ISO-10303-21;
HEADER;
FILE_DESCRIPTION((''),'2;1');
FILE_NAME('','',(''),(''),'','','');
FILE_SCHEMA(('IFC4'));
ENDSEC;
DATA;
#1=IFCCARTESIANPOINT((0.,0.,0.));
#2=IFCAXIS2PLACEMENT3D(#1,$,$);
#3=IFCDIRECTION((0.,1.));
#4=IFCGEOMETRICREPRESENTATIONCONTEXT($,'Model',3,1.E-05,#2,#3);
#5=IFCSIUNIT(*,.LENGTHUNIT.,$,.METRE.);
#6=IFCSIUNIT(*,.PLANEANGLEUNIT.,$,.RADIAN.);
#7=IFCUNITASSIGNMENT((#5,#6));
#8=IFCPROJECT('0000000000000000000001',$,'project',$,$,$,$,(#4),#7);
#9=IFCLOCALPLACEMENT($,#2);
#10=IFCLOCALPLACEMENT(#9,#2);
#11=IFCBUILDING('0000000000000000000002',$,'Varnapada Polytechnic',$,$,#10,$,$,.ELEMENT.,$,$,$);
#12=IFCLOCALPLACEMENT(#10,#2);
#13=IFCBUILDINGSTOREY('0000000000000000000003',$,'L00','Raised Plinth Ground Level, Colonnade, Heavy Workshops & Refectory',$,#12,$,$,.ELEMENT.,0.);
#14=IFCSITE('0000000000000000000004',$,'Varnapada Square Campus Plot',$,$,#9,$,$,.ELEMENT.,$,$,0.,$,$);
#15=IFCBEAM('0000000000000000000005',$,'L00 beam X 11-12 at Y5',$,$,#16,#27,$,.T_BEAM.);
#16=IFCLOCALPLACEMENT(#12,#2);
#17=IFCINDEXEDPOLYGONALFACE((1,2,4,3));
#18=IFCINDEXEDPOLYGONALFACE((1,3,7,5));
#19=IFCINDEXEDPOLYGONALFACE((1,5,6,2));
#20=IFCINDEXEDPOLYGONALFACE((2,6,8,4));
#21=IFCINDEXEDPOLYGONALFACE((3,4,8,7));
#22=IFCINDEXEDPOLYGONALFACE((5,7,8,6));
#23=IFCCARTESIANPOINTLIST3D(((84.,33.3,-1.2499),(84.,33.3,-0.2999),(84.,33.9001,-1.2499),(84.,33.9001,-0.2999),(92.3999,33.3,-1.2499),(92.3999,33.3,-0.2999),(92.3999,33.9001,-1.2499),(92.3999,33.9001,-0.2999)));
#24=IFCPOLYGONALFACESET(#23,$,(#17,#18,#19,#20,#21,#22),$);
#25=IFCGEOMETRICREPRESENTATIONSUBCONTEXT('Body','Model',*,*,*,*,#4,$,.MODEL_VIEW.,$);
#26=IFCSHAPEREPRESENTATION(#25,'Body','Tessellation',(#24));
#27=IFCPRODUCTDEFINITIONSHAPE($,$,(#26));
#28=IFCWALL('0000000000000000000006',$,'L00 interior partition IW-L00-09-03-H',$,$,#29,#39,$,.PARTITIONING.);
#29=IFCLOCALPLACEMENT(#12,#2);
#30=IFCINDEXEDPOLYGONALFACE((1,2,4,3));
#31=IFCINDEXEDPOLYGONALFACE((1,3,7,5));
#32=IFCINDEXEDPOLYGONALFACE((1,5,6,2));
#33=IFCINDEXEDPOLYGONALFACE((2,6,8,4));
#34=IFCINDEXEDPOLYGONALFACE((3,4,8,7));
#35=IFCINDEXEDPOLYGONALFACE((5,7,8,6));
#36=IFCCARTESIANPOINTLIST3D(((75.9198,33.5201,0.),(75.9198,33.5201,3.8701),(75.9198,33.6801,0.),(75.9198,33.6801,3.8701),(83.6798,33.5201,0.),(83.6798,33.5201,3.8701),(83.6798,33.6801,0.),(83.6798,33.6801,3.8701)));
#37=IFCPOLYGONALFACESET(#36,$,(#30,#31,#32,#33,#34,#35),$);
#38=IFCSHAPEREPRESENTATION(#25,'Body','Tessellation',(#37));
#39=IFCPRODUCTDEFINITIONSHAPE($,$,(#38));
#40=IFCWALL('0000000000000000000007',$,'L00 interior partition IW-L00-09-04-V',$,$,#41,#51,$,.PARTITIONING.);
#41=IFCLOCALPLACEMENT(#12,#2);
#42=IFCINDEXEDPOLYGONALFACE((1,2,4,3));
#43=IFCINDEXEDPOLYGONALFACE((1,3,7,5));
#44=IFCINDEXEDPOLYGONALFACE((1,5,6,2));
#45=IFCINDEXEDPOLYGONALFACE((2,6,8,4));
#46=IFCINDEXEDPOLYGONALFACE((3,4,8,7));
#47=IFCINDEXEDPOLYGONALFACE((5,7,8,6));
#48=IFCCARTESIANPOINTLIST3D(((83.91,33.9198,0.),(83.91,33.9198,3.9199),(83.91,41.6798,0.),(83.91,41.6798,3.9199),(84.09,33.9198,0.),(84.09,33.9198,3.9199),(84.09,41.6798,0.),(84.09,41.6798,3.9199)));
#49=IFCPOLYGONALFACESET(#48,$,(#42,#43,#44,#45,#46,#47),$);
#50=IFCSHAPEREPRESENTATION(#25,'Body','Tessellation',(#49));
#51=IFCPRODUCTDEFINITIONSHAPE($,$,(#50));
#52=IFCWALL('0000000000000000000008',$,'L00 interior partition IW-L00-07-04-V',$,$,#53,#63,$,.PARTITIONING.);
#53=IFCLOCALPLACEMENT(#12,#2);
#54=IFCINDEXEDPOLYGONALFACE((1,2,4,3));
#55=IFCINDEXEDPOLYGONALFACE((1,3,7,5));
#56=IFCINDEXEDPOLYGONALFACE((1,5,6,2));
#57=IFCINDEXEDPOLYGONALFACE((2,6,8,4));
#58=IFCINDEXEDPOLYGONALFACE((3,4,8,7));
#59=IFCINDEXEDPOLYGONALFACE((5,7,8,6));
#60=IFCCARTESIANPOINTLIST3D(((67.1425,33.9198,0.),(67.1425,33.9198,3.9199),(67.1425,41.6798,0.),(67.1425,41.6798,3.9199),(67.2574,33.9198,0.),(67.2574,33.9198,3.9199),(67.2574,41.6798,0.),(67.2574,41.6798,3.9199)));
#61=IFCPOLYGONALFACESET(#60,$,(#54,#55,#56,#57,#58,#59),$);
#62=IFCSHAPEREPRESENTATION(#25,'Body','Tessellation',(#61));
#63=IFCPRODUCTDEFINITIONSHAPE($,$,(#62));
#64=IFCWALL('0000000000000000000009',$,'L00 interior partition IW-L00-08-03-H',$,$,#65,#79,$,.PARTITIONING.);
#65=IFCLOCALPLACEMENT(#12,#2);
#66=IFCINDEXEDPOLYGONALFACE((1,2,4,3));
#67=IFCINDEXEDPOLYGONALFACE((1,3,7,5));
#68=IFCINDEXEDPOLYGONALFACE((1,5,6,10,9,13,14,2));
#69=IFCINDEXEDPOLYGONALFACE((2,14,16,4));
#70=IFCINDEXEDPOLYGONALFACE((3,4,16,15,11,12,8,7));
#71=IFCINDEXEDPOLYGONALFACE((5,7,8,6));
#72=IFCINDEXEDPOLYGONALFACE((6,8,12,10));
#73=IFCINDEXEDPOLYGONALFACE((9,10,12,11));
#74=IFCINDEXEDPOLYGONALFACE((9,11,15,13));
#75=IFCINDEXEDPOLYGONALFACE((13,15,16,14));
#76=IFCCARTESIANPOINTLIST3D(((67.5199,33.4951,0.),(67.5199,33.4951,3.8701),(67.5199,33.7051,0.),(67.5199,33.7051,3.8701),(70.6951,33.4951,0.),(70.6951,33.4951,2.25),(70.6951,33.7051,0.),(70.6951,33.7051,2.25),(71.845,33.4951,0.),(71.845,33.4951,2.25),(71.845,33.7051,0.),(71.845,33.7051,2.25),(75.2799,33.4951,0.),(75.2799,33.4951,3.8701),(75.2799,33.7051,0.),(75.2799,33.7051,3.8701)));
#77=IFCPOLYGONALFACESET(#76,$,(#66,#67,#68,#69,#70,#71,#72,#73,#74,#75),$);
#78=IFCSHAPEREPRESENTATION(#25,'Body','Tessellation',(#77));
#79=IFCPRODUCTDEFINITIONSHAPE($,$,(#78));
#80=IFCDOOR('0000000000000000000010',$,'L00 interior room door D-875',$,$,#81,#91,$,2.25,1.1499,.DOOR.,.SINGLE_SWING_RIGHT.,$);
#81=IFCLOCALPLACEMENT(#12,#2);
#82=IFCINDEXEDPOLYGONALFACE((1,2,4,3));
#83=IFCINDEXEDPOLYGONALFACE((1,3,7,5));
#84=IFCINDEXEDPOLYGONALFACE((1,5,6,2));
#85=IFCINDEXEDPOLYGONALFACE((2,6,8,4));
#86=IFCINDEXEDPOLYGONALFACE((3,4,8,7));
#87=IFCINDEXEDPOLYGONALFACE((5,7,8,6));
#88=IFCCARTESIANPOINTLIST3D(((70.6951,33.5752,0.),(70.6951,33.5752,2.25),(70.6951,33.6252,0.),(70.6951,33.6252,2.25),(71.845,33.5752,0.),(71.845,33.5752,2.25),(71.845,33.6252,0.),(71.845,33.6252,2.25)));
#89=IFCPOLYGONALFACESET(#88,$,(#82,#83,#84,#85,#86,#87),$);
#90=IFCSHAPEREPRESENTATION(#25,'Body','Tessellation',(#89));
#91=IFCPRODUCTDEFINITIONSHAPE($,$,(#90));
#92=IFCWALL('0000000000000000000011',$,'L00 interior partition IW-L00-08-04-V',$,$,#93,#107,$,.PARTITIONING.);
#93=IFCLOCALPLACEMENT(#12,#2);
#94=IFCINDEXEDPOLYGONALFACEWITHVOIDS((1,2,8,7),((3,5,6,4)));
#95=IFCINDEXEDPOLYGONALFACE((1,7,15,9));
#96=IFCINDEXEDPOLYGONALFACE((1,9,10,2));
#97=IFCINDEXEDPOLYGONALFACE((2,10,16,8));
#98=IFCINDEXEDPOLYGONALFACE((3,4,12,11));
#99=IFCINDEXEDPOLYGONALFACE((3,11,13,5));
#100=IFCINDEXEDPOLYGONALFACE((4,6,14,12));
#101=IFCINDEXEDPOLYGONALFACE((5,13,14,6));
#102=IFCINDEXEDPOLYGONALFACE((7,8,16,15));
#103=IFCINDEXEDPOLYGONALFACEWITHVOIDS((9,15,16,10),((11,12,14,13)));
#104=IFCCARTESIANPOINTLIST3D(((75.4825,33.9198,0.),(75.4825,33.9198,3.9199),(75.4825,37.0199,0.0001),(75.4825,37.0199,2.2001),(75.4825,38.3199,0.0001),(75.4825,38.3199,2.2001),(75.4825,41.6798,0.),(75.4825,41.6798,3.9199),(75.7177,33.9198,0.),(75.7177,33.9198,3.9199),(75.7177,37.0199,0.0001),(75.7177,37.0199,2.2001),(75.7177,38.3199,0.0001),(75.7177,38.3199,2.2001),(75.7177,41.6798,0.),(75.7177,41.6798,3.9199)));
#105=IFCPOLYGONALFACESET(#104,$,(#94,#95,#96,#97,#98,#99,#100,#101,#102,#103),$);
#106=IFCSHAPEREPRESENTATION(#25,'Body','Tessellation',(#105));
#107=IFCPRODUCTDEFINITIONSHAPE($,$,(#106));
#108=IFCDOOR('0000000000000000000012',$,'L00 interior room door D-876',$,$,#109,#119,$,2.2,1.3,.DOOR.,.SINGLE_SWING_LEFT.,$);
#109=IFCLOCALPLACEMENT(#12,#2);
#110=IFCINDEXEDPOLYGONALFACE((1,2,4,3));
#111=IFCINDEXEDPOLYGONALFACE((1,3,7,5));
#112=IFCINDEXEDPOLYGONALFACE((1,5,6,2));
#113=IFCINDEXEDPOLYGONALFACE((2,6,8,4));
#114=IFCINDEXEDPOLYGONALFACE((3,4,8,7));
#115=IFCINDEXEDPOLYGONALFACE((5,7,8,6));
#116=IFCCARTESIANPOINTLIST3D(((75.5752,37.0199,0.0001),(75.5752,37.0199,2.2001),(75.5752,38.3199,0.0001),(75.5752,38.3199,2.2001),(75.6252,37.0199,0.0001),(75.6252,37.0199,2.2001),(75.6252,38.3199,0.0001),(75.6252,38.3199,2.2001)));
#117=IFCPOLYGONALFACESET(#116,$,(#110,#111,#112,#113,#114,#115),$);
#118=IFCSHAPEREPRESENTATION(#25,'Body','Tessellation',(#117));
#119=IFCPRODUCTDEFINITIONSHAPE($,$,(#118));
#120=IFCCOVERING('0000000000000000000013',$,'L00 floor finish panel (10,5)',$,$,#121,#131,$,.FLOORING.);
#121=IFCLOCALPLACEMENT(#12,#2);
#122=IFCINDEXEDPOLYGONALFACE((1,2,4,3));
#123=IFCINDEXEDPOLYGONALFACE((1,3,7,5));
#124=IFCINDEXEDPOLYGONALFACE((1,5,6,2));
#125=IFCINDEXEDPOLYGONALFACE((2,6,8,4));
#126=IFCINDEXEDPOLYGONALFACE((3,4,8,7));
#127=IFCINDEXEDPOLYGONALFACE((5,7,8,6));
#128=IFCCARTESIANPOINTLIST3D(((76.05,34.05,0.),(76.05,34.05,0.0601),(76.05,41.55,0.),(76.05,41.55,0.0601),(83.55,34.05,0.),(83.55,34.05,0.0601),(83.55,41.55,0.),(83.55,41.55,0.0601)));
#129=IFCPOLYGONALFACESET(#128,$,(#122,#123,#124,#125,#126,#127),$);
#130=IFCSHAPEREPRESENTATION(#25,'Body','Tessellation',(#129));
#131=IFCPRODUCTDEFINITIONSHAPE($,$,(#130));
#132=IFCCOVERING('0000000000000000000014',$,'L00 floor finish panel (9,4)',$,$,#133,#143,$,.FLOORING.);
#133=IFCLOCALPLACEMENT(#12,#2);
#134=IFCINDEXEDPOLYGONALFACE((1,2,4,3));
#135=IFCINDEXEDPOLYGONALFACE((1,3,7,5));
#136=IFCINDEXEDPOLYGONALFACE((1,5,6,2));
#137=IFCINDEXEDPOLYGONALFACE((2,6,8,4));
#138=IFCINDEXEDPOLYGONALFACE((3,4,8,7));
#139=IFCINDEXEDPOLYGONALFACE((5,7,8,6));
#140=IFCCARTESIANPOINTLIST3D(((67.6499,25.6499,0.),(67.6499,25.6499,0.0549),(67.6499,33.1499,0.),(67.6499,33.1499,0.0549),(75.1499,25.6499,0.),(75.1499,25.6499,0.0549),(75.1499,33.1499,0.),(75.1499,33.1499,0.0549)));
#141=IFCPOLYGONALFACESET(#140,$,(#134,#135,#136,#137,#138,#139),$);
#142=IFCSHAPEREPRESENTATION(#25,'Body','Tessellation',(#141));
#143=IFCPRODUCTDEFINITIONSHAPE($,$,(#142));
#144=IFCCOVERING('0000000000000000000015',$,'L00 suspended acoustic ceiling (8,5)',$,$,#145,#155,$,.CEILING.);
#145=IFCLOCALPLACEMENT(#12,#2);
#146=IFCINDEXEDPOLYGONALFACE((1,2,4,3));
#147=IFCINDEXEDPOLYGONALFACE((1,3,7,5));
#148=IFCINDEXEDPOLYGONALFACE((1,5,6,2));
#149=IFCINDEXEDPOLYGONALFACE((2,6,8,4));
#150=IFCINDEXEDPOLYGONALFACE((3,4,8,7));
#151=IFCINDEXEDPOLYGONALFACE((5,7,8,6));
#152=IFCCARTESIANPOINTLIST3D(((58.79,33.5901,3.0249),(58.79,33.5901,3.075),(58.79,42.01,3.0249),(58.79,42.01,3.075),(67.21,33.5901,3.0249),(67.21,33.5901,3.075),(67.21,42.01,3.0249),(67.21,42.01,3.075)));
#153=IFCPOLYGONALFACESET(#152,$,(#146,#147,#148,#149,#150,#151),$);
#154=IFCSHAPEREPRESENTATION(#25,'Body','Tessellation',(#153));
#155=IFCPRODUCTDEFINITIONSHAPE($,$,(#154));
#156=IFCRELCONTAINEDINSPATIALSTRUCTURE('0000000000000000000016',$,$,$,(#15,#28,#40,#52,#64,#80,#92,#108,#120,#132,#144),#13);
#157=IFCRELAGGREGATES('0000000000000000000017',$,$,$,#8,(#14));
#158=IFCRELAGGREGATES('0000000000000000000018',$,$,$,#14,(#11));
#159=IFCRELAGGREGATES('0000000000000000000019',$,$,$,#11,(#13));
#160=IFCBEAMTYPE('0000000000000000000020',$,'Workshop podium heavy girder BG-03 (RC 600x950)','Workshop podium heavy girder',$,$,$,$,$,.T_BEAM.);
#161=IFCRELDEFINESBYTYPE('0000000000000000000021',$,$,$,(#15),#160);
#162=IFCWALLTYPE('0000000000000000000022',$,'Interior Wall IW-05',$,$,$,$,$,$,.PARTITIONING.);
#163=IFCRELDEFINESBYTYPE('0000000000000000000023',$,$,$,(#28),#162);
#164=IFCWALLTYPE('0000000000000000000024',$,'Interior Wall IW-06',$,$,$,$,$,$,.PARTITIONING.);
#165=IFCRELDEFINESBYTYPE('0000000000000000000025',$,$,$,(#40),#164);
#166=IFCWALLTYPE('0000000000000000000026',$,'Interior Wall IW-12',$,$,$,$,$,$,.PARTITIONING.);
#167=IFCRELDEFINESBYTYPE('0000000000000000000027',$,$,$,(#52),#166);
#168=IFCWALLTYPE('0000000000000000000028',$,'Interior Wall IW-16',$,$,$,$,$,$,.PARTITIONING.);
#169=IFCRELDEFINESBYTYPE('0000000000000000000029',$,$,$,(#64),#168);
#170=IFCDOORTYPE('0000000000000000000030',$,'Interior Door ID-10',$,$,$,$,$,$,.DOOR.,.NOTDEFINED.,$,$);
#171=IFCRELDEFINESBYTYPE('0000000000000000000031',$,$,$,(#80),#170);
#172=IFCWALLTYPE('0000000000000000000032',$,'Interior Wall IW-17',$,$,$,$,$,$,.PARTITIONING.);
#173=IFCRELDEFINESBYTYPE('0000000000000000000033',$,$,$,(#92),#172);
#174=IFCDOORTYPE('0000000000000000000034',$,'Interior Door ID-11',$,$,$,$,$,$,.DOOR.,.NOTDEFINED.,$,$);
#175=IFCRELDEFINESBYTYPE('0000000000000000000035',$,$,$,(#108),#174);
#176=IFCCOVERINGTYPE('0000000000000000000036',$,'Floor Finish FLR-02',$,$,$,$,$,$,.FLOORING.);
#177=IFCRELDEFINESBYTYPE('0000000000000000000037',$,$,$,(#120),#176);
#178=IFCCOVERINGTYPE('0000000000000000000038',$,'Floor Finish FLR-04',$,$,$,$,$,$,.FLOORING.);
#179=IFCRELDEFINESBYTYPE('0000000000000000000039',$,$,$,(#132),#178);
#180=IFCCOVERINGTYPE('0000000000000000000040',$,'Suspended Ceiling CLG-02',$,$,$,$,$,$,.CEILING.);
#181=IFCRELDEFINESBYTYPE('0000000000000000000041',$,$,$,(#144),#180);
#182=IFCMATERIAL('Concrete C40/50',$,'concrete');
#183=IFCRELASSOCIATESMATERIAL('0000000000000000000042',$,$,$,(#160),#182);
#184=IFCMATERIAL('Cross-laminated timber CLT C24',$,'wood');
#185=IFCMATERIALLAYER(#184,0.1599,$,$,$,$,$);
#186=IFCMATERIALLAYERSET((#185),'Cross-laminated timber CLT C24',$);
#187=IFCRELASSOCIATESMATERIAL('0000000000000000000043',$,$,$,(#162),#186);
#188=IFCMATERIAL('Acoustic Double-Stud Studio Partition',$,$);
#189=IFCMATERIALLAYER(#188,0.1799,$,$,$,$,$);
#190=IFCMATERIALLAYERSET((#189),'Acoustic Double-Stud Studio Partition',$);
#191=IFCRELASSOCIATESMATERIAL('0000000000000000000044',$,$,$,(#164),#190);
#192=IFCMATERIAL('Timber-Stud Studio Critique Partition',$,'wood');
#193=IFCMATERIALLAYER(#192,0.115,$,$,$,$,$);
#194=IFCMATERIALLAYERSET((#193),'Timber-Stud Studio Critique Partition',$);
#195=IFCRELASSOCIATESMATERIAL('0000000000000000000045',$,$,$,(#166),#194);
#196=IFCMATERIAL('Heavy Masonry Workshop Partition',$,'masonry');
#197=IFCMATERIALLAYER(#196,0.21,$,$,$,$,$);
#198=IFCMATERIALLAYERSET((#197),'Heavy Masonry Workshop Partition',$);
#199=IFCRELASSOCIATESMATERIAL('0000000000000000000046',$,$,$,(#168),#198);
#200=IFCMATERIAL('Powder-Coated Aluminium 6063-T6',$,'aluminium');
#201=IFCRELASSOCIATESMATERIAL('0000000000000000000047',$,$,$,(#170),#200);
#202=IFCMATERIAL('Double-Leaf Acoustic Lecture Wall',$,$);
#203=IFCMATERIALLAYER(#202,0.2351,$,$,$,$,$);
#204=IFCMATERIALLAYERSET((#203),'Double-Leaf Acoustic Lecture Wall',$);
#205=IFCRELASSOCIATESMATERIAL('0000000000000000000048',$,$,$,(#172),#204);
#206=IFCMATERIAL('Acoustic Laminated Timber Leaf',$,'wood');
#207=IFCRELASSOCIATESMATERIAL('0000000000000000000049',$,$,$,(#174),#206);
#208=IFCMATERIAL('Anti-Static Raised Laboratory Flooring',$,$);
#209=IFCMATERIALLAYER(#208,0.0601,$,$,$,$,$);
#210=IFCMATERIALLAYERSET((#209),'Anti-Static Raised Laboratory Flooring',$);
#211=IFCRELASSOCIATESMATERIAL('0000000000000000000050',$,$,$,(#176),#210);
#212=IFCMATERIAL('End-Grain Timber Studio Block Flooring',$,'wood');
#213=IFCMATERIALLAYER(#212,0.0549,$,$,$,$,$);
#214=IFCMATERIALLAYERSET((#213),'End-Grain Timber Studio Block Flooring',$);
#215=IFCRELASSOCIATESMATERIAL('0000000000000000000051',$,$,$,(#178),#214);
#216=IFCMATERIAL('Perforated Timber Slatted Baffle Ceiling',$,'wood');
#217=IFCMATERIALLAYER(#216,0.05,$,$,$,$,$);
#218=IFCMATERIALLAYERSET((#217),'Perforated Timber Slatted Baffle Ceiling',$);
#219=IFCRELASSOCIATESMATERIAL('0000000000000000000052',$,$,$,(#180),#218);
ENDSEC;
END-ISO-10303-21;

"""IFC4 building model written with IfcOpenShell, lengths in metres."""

from ifc_helpers import new_model, si_unit, direction, frame, frame_2d, origin, origin_2d, place, context, subcontext, project, spatial, rectangle, extrude, material, layer, layer_set, material_profile, profile_set, type_object, element, fill, save


model = new_model("IFC4")

# Units and contexts
model_context = context("Model", 3, precision=1e-05, world=origin(), true_north=direction((0.0, 1.0)))
body_context = subcontext(model_context, "Body", "Model", "MODEL_VIEW")
ifc_project = project(units=[si_unit("LENGTHUNIT", "METRE"), si_unit("PLANEANGLEUNIT", "RADIAN")], contexts=[model_context])

# Site, building, storey
site_placement = place(None, origin())
site = spatial("IfcSite", under=ifc_project, at=site_placement, Name="Varnapada Square Campus Plot", CompositionType="ELEMENT", RefElevation=0.0)
building_placement = place(site_placement, origin())
building = spatial("IfcBuilding", under=site, at=building_placement, Name="Varnapada Polytechnic", CompositionType="ELEMENT")
storey_placement = place(building_placement, origin())
storey = spatial("IfcBuildingStorey", under=building, at=storey_placement, Name="L00", Description="Raised Plinth Ground Level, Colonnade, Heavy Workshops & Refectory", CompositionType="ELEMENT", Elevation=0.0)

# Shared definitions
ifc_material_1 = material(Name="Concrete C40/50", Category="concrete")

# Beam
ifc_material_profile_1 = material_profile(ifc_material_1, rectangle(XDim=0.6001, YDim=0.95, at=origin_2d()), Name="RC 600x950")
ifc_profile_set_1 = profile_set([ifc_material_profile_1], Name="Concrete C40/50")
beam_type_1 = type_object("IfcBeamType", Name="Workshop podium heavy girder BG-03 (RC 600x950)", Description="Workshop podium heavy girder", PredefinedType="T_BEAM", material=ifc_profile_set_1)
for number, where, z_axis, x_axis, name in (
    (1, (84.0, 33.6001, -0.7749), (1.0, 0.0, 0.0), (0.0, 1.0, 0.0), "L00 beam X 11-12 at Y5"),
):
    element("IfcBeam", number, at=place(storey_placement, frame(where, z_axis=z_axis, x_axis=x_axis)), inside=storey, type_object=beam_type_1, Name=name, PredefinedType="T_BEAM", context=body_context, shape_type="SweptSolid", body=[
        extrude(rectangle(XDim=0.6001, YDim=0.95, at=origin_2d()), origin(), (0.0, 0.0, 1.0), 8.3999),
    ])

# Walls
ifc_material_2 = material(Name="Cross-laminated timber CLT C24", Category="wood")
ifc_layer_1 = layer(ifc_material_2, 0.1599)
ifc_layer_set_1 = layer_set([ifc_layer_1], Name="Cross-laminated timber CLT C24")
wall_type_1 = type_object("IfcWallType", Name="Interior Wall IW-05", PredefinedType="PARTITIONING", material=ifc_layer_set_1)
wall_1_placement = place(storey_placement, frame((75.9199, 33.6001, 0.0), z_axis=(0.0, 0.0, 1.0), x_axis=(1.0, 0.0, 0.0)))
element("IfcWall", 2, at=wall_1_placement, inside=storey, type_object=wall_type_1, Name="L00 interior partition IW-L00-09-03-H", PredefinedType="PARTITIONING", context=body_context, shape_type="SweptSolid", body=[
    extrude(rectangle(XDim=7.76, YDim=0.1599, at=frame_2d((3.8799, 0.0))), origin(), (0.0, 0.0, 1.0), 3.8701),
])
ifc_material_3 = material(Name="Acoustic Double-Stud Studio Partition")
ifc_layer_2 = layer(ifc_material_3, 0.1799)
ifc_layer_set_2 = layer_set([ifc_layer_2], Name="Acoustic Double-Stud Studio Partition")
wall_type_2 = type_object("IfcWallType", Name="Interior Wall IW-06", PredefinedType="PARTITIONING", material=ifc_layer_set_2)
wall_2_placement = place(storey_placement, frame((84.0, 33.9199, 0.0), z_axis=(0.0, 0.0, 1.0), x_axis=(0.0, 1.0, 0.0)))
element("IfcWall", 3, at=wall_2_placement, inside=storey, type_object=wall_type_2, Name="L00 interior partition IW-L00-09-04-V", PredefinedType="PARTITIONING", context=body_context, shape_type="SweptSolid", body=[
    extrude(rectangle(XDim=7.76, YDim=0.1799, at=frame_2d((3.8799, 0.0))), origin(), (0.0, 0.0, 1.0), 3.9199),
])
ifc_material_4 = material(Name="Timber-Stud Studio Critique Partition", Category="wood")
ifc_layer_3 = layer(ifc_material_4, 0.115)
ifc_layer_set_3 = layer_set([ifc_layer_3], Name="Timber-Stud Studio Critique Partition")
wall_type_3 = type_object("IfcWallType", Name="Interior Wall IW-12", PredefinedType="PARTITIONING", material=ifc_layer_set_3)
wall_3_placement = place(storey_placement, frame((67.2, 33.9199, 0.0), z_axis=(0.0, 0.0, 1.0), x_axis=(0.0, 1.0, 0.0)))
element("IfcWall", 4, at=wall_3_placement, inside=storey, type_object=wall_type_3, Name="L00 interior partition IW-L00-07-04-V", PredefinedType="PARTITIONING", context=body_context, shape_type="SweptSolid", body=[
    extrude(rectangle(XDim=7.76, YDim=0.115, at=frame_2d((3.8799, 0.0))), origin(), (0.0, 0.0, 1.0), 3.9199),
])

# Walls, openings, doors
ifc_material_5 = material(Name="Heavy Masonry Workshop Partition", Category="masonry")
ifc_layer_4 = layer(ifc_material_5, 0.21)
ifc_layer_set_4 = layer_set([ifc_layer_4], Name="Heavy Masonry Workshop Partition")
wall_type_4 = type_object("IfcWallType", Name="Interior Wall IW-16", PredefinedType="PARTITIONING", material=ifc_layer_set_4)
wall_4_placement = place(storey_placement, frame((67.52, 33.6001, 0.0), z_axis=(0.0, 0.0, 1.0), x_axis=(1.0, 0.0, 0.0)))
wall_4 = element("IfcWall", 5, at=wall_4_placement, inside=storey, type_object=wall_type_4, Name="L00 interior partition IW-L00-08-03-H", PredefinedType="PARTITIONING", context=body_context, shape_type="SweptSolid", body=[
    extrude(rectangle(XDim=7.76, YDim=0.21, at=frame_2d((3.8799, 0.0))), origin(), (0.0, 0.0, 1.0), 3.8701),
])
opening_1_placement = place(wall_4_placement, frame((3.175, 0.0, 0.0)))
opening_1 = element("IfcOpeningElement", 6, at=opening_1_placement, cuts=wall_4, PredefinedType="OPENING", context=body_context, shape_type="SweptSolid", body=[
    extrude(rectangle(XDim=1.1499, YDim=2.25, at=frame_2d((0.575, 1.125))), frame((0.0, 0.115, 0.0), z_axis=(0.0, -1.0, 0.0), x_axis=(1.0, 0.0, 0.0)), (0.0, 0.0, 1.0), 0.23),
])
ifc_material_6 = material(Name="Powder-Coated Aluminium 6063-T6", Category="aluminium")
door_type_1 = type_object("IfcDoorType", Name="Interior Door ID-10", OperationType="NOTDEFINED", PredefinedType="DOOR", material=ifc_material_6)
door_1_placement = place(opening_1_placement, frame((1.1499, 0.0, 0.0), z_axis=(0.0, 0.0, 1.0), x_axis=(-1.0, 0.0, 0.0)))
door_1 = element("IfcDoor", 7, at=door_1_placement, inside=storey, type_object=door_type_1, Name="L00 interior room door D-875", OperationType="SINGLE_SWING_RIGHT", OverallHeight=2.25, OverallWidth=1.1499, PredefinedType="DOOR", context=body_context, shape_type="SweptSolid", body=[
    extrude(rectangle(XDim=1.1499, YDim=2.25, at=frame_2d((0.575, 1.125))), frame((0.0, 0.0249, 0.0), z_axis=(0.0, -1.0, 0.0), x_axis=(1.0, 0.0, 0.0)), (0.0, 0.0, 1.0), 0.05),
])
fill(opening_1, door_1)
ifc_material_7 = material(Name="Double-Leaf Acoustic Lecture Wall")
ifc_layer_5 = layer(ifc_material_7, 0.2351)
ifc_layer_set_5 = layer_set([ifc_layer_5], Name="Double-Leaf Acoustic Lecture Wall")
wall_type_5 = type_object("IfcWallType", Name="Interior Wall IW-17", PredefinedType="PARTITIONING", material=ifc_layer_set_5)
wall_5_placement = place(storey_placement, frame((75.6001, 33.9199, 0.0), z_axis=(0.0, 0.0, 1.0), x_axis=(0.0, 1.0, 0.0)))
wall_5 = element("IfcWall", 8, at=wall_5_placement, inside=storey, type_object=wall_type_5, Name="L00 interior partition IW-L00-08-04-V", PredefinedType="PARTITIONING", context=body_context, shape_type="SweptSolid", body=[
    extrude(rectangle(XDim=7.76, YDim=0.2351, at=frame_2d((3.8799, 0.0))), origin(), (0.0, 0.0, 1.0), 3.9199),
])
opening_2_placement = place(wall_5_placement, frame((3.1001, 0.0, 0.0)))
opening_2 = element("IfcOpeningElement", 9, at=opening_2_placement, cuts=wall_5, PredefinedType="OPENING", context=body_context, shape_type="SweptSolid", body=[
    extrude(rectangle(XDim=1.3, YDim=2.2, at=frame_2d((0.6499, 1.1001))), frame((0.0, 0.1274, 0.0), z_axis=(0.0, -1.0, 0.0), x_axis=(1.0, 0.0, 0.0)), (0.0, 0.0, 1.0), 0.2551),
])
ifc_material_8 = material(Name="Acoustic Laminated Timber Leaf", Category="wood")
door_type_2 = type_object("IfcDoorType", Name="Interior Door ID-11", OperationType="NOTDEFINED", PredefinedType="DOOR", material=ifc_material_8)
door_2_placement = place(opening_2_placement, origin())
door_2 = element("IfcDoor", 10, at=door_2_placement, inside=storey, type_object=door_type_2, Name="L00 interior room door D-876", OperationType="SINGLE_SWING_LEFT", OverallHeight=2.2, OverallWidth=1.3, PredefinedType="DOOR", context=body_context, shape_type="SweptSolid", body=[
    extrude(rectangle(XDim=1.3, YDim=2.2, at=frame_2d((0.6499, 1.1001))), frame((0.0, 0.0249, 0.0), z_axis=(0.0, -1.0, 0.0), x_axis=(1.0, 0.0, 0.0)), (0.0, 0.0, 1.0), 0.05),
])
fill(opening_2, door_2)

# Coverings
ifc_material_9 = material(Name="Anti-Static Raised Laboratory Flooring")
ifc_layer_6 = layer(ifc_material_9, 0.0601)
ifc_layer_set_6 = layer_set([ifc_layer_6], Name="Anti-Static Raised Laboratory Flooring")
covering_type_1 = type_object("IfcCoveringType", Name="Floor Finish FLR-02", PredefinedType="FLOORING", material=ifc_layer_set_6)
covering_1_placement = place(storey_placement, frame((79.8, 37.8, 0.0), z_axis=(0.0, 0.0, 1.0), x_axis=(1.0, 0.0, 0.0)))
element("IfcCovering", 11, at=covering_1_placement, inside=storey, type_object=covering_type_1, Name="L00 floor finish panel (10,5)", PredefinedType="FLOORING", context=body_context, shape_type="SweptSolid", body=[
    extrude(rectangle(XDim=7.5, YDim=7.5, at=origin_2d()), origin(), (0.0, 0.0, 1.0), 0.0601),
])
ifc_material_10 = material(Name="End-Grain Timber Studio Block Flooring", Category="wood")
ifc_layer_7 = layer(ifc_material_10, 0.0549)
ifc_layer_set_7 = layer_set([ifc_layer_7], Name="End-Grain Timber Studio Block Flooring")
covering_type_2 = type_object("IfcCoveringType", Name="Floor Finish FLR-04", PredefinedType="FLOORING", material=ifc_layer_set_7)
covering_2_placement = place(storey_placement, frame((71.3999, 29.3999, 0.0), z_axis=(0.0, 0.0, 1.0), x_axis=(1.0, 0.0, 0.0)))
element("IfcCovering", 12, at=covering_2_placement, inside=storey, type_object=covering_type_2, Name="L00 floor finish panel (9,4)", PredefinedType="FLOORING", context=body_context, shape_type="SweptSolid", body=[
    extrude(rectangle(XDim=7.5, YDim=7.5, at=origin_2d()), origin(), (0.0, 0.0, 1.0), 0.0549),
])
ifc_material_11 = material(Name="Perforated Timber Slatted Baffle Ceiling", Category="wood")
ifc_layer_8 = layer(ifc_material_11, 0.05)
ifc_layer_set_8 = layer_set([ifc_layer_8], Name="Perforated Timber Slatted Baffle Ceiling")
covering_type_3 = type_object("IfcCoveringType", Name="Suspended Ceiling CLG-02", PredefinedType="CEILING", material=ifc_layer_set_8)
covering_3_placement = place(storey_placement, frame((63.0, 37.8, 3.0249), z_axis=(0.0, 0.0, 1.0), x_axis=(1.0, 0.0, 0.0)))
element("IfcCovering", 13, at=covering_3_placement, inside=storey, type_object=covering_type_3, Name="L00 suspended acoustic ceiling (8,5)", PredefinedType="CEILING", context=body_context, shape_type="SweptSolid", body=[
    extrude(rectangle(XDim=8.4199, YDim=8.4199, at=origin_2d()), origin(), (0.0, 0.0, 1.0), 0.05),
])

save(model, "model.ifc")
